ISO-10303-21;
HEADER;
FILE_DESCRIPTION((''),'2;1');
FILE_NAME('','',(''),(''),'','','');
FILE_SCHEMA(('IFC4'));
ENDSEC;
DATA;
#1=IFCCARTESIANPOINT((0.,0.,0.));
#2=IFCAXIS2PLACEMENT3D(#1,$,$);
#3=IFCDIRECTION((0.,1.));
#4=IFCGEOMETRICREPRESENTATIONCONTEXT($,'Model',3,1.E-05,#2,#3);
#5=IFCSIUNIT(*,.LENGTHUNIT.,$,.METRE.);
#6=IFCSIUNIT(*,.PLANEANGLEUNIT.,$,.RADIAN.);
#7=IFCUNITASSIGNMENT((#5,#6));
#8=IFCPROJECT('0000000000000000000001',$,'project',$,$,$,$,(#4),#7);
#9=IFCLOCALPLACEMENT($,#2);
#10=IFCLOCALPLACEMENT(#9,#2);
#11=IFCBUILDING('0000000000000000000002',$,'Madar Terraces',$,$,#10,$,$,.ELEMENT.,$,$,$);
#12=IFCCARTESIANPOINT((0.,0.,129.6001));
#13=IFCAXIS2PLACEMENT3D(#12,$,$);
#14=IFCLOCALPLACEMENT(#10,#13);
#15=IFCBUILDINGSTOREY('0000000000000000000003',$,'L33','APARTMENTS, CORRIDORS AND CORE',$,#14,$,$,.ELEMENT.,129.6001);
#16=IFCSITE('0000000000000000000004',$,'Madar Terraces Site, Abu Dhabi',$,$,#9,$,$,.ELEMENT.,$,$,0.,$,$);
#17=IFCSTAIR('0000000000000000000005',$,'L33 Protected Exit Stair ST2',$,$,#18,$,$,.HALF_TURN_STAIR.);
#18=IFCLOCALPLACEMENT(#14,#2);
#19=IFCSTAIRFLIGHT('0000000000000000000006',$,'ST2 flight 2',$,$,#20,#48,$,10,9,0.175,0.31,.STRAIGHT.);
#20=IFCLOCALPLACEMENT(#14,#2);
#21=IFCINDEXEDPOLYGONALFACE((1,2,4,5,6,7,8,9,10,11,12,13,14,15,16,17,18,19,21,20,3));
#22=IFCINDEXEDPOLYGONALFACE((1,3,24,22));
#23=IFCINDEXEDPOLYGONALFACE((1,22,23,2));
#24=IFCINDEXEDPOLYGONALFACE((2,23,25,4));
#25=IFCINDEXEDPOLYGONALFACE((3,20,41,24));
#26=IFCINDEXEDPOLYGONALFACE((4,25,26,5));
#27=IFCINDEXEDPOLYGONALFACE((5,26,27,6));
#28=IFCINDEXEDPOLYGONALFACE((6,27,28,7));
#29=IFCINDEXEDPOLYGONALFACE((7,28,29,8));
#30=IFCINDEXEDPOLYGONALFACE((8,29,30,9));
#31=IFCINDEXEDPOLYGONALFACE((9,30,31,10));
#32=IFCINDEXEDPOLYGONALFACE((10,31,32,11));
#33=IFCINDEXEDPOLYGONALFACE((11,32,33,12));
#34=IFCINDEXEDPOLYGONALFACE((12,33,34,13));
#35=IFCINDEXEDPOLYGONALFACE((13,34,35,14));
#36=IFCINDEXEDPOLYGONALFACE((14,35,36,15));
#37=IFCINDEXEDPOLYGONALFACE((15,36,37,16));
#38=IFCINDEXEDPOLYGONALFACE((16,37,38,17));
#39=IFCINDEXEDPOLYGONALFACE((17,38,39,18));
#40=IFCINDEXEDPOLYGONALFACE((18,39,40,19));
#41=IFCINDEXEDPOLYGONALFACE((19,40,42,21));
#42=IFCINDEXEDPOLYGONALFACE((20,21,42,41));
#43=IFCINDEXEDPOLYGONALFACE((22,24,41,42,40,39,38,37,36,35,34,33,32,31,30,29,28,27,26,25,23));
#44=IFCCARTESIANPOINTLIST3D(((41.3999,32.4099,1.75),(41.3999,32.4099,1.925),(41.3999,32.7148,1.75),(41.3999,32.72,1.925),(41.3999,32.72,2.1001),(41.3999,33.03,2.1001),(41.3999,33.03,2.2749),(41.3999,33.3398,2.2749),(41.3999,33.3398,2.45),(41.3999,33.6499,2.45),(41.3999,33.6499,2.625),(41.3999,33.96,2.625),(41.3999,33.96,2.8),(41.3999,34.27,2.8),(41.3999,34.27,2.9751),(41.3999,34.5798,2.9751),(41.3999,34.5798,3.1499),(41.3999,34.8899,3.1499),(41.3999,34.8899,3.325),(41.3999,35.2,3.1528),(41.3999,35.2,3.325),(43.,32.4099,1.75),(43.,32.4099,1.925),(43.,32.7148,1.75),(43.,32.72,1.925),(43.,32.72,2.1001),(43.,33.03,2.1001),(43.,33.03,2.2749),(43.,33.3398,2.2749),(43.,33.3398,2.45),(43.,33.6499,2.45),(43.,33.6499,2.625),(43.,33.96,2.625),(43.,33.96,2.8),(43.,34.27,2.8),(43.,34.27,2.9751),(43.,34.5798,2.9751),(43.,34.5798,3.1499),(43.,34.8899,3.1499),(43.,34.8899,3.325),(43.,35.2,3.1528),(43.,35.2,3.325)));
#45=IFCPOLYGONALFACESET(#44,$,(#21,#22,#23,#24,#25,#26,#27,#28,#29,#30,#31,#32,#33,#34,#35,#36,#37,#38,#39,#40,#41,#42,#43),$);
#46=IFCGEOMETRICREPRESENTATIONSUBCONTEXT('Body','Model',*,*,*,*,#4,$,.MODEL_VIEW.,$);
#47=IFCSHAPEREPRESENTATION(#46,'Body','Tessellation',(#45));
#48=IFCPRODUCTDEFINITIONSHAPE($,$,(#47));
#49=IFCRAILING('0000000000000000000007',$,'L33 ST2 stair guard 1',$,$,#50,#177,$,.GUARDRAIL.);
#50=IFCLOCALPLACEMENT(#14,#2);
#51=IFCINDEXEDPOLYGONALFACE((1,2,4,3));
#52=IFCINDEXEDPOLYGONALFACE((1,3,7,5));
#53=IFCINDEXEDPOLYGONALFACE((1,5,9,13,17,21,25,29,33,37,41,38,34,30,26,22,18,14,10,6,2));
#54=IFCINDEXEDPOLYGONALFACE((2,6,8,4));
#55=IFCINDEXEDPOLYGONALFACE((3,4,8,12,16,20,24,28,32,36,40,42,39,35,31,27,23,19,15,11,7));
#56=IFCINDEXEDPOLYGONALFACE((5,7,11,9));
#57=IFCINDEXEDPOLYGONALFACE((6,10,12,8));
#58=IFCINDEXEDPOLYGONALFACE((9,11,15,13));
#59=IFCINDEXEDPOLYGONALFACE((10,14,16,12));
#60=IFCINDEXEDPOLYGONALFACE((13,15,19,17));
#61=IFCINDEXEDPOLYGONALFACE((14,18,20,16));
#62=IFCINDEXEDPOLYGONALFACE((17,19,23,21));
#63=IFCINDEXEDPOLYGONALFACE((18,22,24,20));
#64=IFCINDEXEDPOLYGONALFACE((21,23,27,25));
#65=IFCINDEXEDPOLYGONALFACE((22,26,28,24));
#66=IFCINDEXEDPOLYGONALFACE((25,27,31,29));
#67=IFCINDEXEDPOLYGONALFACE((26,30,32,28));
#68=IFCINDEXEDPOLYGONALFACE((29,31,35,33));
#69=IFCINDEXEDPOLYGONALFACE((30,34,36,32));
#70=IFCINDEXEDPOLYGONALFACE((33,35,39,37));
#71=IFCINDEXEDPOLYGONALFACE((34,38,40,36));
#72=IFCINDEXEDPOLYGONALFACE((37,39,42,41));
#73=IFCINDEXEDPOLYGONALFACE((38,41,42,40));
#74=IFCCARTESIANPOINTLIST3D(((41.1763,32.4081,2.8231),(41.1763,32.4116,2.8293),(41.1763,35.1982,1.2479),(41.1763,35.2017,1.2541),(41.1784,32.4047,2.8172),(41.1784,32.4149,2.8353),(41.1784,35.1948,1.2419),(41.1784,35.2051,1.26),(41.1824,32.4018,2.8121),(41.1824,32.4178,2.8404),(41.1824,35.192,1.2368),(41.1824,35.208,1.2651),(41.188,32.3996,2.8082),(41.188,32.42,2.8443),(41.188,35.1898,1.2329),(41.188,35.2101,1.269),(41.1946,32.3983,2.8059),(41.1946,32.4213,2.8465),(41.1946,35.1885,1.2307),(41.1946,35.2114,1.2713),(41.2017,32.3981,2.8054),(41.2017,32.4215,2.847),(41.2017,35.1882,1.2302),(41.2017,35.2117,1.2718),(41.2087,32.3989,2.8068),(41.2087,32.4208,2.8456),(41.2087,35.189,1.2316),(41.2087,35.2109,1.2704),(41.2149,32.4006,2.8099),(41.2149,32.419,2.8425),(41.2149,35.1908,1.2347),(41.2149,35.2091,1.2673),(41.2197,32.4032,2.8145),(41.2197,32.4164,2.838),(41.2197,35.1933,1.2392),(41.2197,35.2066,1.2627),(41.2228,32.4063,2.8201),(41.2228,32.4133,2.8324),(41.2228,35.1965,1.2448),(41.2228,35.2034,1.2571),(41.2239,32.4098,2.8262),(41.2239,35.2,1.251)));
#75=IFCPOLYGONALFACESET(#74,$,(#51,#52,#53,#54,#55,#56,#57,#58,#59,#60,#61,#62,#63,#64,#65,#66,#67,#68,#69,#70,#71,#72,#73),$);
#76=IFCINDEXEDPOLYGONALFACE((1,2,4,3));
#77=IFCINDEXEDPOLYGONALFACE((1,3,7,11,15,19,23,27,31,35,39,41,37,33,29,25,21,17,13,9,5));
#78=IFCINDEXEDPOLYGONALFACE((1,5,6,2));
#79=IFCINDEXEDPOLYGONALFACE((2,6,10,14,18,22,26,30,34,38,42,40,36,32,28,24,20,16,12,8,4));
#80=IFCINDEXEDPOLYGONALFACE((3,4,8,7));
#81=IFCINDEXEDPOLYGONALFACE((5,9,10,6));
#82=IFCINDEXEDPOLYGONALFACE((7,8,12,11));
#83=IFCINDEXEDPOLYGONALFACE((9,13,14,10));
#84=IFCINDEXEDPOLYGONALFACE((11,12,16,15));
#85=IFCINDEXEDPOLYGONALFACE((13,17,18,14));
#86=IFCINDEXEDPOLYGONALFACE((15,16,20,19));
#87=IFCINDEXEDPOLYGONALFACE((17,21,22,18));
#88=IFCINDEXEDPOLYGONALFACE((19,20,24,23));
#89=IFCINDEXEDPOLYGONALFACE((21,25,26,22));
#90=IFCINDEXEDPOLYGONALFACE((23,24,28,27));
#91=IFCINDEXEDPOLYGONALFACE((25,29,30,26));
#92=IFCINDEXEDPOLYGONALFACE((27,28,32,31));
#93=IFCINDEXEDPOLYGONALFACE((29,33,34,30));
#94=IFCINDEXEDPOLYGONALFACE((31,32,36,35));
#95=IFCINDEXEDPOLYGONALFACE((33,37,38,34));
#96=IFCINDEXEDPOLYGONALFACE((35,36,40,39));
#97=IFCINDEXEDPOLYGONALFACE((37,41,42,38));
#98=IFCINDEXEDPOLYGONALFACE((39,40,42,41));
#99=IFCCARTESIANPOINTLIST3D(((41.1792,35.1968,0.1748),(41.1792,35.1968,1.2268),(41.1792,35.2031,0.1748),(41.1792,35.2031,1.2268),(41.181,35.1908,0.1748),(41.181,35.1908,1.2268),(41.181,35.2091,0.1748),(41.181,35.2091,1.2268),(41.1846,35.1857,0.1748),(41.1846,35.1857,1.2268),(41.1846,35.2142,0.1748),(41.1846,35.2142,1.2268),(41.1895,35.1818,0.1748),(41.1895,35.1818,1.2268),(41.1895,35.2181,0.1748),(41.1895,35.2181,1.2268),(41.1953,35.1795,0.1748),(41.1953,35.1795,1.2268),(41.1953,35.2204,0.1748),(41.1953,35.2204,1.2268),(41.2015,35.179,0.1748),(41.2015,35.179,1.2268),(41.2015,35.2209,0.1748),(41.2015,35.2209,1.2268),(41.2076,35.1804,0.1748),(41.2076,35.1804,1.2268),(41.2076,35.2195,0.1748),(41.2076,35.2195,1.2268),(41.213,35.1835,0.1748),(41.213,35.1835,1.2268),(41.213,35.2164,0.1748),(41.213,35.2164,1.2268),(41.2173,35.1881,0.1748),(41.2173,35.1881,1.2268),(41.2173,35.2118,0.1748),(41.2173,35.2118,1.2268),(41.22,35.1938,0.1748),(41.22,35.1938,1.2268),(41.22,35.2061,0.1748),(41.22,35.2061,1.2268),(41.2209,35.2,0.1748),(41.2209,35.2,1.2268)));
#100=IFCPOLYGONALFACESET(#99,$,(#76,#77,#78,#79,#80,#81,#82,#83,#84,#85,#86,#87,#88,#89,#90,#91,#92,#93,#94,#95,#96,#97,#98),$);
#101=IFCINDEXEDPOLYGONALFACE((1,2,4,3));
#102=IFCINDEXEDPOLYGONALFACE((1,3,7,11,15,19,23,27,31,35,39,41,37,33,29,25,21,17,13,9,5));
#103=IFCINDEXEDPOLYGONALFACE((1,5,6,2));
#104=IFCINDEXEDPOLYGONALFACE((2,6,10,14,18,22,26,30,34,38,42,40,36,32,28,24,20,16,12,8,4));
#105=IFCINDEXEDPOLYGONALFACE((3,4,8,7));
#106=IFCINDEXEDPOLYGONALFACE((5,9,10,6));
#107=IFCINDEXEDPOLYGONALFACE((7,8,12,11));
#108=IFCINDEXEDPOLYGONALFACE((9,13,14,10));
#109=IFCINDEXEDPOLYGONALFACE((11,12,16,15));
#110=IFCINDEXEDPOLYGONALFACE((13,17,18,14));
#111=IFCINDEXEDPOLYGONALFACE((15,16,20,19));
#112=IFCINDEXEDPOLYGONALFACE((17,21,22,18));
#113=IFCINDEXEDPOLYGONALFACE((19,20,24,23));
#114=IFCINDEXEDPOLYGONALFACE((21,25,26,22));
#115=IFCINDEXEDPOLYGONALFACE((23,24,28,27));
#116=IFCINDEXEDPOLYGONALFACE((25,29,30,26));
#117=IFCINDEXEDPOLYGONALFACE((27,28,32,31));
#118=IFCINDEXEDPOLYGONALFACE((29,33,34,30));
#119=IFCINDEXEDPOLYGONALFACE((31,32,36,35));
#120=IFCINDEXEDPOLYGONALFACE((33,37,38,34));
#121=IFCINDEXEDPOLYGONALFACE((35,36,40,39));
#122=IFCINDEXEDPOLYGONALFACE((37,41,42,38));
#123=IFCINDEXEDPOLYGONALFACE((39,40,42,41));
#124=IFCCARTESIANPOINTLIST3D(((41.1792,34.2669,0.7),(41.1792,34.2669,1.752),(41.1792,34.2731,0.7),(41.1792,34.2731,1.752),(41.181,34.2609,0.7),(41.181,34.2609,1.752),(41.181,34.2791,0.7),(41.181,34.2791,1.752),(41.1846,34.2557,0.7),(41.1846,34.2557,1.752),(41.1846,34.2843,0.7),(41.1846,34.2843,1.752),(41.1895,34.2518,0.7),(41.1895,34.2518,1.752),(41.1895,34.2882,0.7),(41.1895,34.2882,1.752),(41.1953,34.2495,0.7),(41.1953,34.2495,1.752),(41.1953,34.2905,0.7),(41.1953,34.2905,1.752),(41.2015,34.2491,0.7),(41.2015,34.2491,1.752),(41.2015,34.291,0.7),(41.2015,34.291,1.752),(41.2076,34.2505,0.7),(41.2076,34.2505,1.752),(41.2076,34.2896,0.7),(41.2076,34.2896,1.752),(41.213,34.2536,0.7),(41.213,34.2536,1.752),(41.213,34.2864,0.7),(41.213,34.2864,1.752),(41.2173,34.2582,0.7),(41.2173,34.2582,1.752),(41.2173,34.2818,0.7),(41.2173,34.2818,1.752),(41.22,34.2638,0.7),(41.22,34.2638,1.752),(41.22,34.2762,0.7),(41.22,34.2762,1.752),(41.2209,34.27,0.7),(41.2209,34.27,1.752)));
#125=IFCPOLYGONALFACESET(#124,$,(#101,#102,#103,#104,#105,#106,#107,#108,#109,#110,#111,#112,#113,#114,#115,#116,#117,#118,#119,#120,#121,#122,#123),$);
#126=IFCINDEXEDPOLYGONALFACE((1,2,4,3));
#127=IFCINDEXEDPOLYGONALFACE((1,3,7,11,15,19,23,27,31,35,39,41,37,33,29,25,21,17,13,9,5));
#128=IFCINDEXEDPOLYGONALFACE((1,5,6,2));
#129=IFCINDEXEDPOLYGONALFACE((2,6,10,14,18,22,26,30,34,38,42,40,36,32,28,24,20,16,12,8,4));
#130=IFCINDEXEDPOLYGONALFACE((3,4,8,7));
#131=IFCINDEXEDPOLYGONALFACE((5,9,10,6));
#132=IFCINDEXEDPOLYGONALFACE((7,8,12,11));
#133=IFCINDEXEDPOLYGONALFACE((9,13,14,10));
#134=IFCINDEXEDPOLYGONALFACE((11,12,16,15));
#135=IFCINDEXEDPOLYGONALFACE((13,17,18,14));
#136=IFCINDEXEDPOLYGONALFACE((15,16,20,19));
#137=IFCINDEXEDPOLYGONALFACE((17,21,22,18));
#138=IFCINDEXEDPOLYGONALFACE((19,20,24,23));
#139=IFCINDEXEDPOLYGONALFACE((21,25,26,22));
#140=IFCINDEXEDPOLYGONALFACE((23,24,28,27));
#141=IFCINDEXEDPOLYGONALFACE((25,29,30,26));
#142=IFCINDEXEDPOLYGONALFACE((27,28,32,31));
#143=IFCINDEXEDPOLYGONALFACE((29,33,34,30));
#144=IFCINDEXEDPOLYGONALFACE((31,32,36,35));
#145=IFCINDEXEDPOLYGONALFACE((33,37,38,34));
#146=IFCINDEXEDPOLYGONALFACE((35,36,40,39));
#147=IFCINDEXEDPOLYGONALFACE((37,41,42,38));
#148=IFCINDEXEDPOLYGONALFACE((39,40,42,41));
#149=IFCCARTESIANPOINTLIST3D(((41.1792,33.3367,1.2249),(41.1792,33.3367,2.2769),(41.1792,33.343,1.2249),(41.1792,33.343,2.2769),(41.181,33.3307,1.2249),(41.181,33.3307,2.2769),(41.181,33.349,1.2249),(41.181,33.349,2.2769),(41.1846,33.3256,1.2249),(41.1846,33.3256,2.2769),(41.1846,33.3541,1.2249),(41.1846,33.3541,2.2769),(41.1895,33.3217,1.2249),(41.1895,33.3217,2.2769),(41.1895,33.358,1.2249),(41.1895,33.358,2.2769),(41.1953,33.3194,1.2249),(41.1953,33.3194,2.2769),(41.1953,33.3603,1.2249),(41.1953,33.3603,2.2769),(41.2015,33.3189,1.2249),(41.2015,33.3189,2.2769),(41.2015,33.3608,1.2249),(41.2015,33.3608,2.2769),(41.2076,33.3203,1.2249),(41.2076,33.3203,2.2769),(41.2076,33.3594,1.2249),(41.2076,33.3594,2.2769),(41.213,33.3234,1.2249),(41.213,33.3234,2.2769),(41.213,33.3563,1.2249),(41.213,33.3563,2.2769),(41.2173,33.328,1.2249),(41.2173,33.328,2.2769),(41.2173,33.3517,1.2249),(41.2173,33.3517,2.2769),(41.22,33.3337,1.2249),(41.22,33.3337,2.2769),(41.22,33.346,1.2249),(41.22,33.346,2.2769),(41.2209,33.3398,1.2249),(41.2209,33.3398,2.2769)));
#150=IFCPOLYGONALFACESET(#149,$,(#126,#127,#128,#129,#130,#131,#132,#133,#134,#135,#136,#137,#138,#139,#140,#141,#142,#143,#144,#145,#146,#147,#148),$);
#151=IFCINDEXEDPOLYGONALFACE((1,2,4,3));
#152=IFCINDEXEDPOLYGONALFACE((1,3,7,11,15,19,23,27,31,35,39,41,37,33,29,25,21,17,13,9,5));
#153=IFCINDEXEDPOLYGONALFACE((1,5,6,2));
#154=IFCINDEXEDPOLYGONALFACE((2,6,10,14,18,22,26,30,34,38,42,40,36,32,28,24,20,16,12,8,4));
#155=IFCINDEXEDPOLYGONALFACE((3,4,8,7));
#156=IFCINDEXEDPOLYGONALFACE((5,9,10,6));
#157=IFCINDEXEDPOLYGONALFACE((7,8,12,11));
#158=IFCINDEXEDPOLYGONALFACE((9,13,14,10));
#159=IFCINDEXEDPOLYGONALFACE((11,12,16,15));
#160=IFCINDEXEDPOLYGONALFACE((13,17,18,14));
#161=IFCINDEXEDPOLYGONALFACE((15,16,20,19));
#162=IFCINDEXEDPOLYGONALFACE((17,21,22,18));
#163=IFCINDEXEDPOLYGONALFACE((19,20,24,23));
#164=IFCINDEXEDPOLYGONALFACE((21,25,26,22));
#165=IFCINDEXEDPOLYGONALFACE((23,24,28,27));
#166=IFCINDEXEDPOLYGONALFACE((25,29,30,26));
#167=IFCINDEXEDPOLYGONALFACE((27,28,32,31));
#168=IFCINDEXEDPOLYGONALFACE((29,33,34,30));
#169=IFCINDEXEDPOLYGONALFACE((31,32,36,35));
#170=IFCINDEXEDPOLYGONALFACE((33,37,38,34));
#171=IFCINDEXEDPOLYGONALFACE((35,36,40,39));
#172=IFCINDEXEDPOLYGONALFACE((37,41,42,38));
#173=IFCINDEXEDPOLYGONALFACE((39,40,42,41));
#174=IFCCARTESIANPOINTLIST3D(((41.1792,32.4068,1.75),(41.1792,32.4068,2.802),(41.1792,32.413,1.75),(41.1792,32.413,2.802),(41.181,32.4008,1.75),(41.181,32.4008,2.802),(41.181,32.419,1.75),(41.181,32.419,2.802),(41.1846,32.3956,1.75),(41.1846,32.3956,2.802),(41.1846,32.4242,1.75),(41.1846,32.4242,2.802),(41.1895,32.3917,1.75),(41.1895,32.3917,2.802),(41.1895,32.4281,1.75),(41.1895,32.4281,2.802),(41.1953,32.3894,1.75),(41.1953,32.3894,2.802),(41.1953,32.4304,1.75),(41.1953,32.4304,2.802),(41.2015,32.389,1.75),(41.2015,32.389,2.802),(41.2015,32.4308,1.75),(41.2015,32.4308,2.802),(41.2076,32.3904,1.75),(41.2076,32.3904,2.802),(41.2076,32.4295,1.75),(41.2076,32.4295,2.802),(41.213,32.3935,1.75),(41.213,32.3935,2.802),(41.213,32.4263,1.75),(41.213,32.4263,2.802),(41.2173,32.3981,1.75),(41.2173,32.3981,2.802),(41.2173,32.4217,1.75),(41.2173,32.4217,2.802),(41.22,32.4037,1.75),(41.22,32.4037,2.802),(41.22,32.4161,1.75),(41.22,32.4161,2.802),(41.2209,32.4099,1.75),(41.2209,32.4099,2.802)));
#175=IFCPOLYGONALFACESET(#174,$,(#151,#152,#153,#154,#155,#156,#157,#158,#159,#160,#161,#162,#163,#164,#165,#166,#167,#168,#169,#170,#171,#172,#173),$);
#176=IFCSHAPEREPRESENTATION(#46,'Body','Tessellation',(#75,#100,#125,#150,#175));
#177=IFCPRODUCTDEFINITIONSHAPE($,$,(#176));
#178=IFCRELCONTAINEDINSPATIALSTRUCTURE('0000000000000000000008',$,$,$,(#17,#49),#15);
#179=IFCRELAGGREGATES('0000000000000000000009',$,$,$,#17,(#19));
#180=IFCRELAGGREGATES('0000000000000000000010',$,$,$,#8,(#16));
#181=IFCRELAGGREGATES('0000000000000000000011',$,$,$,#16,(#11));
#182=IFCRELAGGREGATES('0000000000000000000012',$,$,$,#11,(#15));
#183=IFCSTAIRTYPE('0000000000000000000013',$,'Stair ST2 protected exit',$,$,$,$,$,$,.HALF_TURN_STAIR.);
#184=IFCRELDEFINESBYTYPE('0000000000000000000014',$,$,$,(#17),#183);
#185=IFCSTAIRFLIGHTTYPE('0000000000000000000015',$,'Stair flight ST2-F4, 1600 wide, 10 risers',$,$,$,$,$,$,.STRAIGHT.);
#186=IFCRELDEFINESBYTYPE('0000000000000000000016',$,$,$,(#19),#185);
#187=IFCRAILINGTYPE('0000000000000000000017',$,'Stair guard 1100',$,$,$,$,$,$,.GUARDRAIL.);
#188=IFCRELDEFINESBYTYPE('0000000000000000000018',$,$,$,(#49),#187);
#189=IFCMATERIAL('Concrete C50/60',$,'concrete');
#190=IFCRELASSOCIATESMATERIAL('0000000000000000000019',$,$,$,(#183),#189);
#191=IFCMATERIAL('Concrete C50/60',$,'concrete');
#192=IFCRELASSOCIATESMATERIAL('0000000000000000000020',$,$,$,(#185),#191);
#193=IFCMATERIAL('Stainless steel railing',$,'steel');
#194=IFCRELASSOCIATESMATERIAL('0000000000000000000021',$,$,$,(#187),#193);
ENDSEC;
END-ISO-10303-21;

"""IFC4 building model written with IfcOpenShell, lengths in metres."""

from ifc_helpers import new_model, si_unit, direction, frame, origin, origin_2d, place, context, subcontext, project, spatial, polyline, circle, outline, extrude, material, type_object, element, aggregate, save


model = new_model("IFC4")

# Units and contexts
model_context = context("Model", 3, precision=1e-05, world=origin(), true_north=direction((0.0, 1.0)))
body_context = subcontext(model_context, "Body", "Model", "MODEL_VIEW")
ifc_project = project(units=[si_unit("LENGTHUNIT", "METRE"), si_unit("PLANEANGLEUNIT", "RADIAN")], contexts=[model_context])

# Site, building, storey
site_placement = place(None, origin())
site = spatial("IfcSite", under=ifc_project, at=site_placement, Name="Madar Terraces Site, Abu Dhabi", CompositionType="ELEMENT", RefElevation=0.0)
building_placement = place(site_placement, origin())
building = spatial("IfcBuilding", under=site, at=building_placement, Name="Madar Terraces", CompositionType="ELEMENT")
storey_placement = place(building_placement, frame((0.0, 0.0, 129.6001)))
storey = spatial("IfcBuildingStorey", under=building, at=storey_placement, Name="L33", Description="APARTMENTS, CORRIDORS AND CORE", CompositionType="ELEMENT", Elevation=129.6001)

# Stair, stair flight
ifc_material_1 = material(Name="Concrete C50/60", Category="concrete")
stair_type = type_object("IfcStairType", Name="Stair ST2 protected exit", PredefinedType="HALF_TURN_STAIR", material=ifc_material_1)
stair_placement = place(storey_placement, origin())
stair = element("IfcStair", 1, at=stair_placement, inside=storey, type_object=stair_type, Name="L33 Protected Exit Stair ST2", PredefinedType="HALF_TURN_STAIR")
ifc_material_2 = material(Name="Concrete C50/60", Category="concrete")
stair_flight_type = type_object("IfcStairFlightType", Name="Stair flight ST2-F4, 1600 wide, 10 risers", PredefinedType="STRAIGHT", material=ifc_material_2)
stair_flight_1_placement = place(storey_placement, frame((42.2, 32.4099, 1.75), z_axis=(0.0, 0.0, 1.0), x_axis=(0.0, 1.0, 0.0)))
stair_flight_1 = element("IfcStairFlight", 2, at=stair_flight_1_placement, type_object=stair_flight_type, Name="ST2 flight 2", NumberOfRisers=10, NumberOfTreads=9, PredefinedType="STRAIGHT", RiserHeight=0.175, TreadLength=0.31, context=body_context, shape_type="SweptSolid", body=[
    extrude(outline(polyline([(0.0, 0.0), (0.0, 0.175), (0.3101, 0.175), (0.3101, 0.3501), (0.6201, 0.3501), (0.6201, 0.5249), (0.9299, 0.5249), (0.9299, 0.7), (1.24, 0.7), (1.24, 0.875), (1.55, 0.875), (1.55, 1.05), (1.8601, 1.05), (1.8601, 1.2251), (2.1699, 1.2251), (2.1699, 1.3999), (2.48, 1.3999), (2.48, 1.575), (2.79, 1.575), (2.79, 1.75), (2.79, 1.4028), (0.3049, 0.0), (0.0, 0.0)])), frame((0.0, 0.8, 0.0), z_axis=(0.0, -1.0, 0.0), x_axis=(1.0, 0.0, 0.0)), (0.0, 0.0, 1.0), 1.6001),
])
aggregate(stair, [stair_flight_1])

# Railing
ifc_material_3 = material(Name="Stainless steel railing", Category="steel")
railing_type_1 = type_object("IfcRailingType", Name="Stair guard 1100", PredefinedType="GUARDRAIL", material=ifc_material_3)
railing_1_placement = place(storey_placement, frame((41.2, 35.2, 0.1748)))
element("IfcRailing", 3, at=railing_1_placement, inside=storey, type_object=railing_type_1, Name="L33 ST2 stair guard 1", PredefinedType="GUARDRAIL", context=body_context, shape_type="SweptSolid", body=[
    extrude(circle(Radius=0.0239, at=origin_2d()), frame((0.0, 0.0, 1.0762), z_axis=(0.0, -0.870801, 0.491635), x_axis=(1.0, 0.0, 0.0)), (0.0, 0.0, 1.0), 3.2041),
    extrude(circle(Radius=0.021, at=origin_2d()), origin(), (0.0, 0.0, 1.0), 1.052),
    extrude(circle(Radius=0.021, at=origin_2d()), frame((0.0, -0.9299, 0.5251)), (0.0, 0.0, 1.0), 1.052),
    extrude(circle(Radius=0.021, at=origin_2d()), frame((0.0, -1.8601, 1.05)), (0.0, 0.0, 1.0), 1.052),
    extrude(circle(Radius=0.021, at=origin_2d()), frame((0.0, -2.79, 1.5752)), (0.0, 0.0, 1.0), 1.052),
])

save(model, "model.ifc")
